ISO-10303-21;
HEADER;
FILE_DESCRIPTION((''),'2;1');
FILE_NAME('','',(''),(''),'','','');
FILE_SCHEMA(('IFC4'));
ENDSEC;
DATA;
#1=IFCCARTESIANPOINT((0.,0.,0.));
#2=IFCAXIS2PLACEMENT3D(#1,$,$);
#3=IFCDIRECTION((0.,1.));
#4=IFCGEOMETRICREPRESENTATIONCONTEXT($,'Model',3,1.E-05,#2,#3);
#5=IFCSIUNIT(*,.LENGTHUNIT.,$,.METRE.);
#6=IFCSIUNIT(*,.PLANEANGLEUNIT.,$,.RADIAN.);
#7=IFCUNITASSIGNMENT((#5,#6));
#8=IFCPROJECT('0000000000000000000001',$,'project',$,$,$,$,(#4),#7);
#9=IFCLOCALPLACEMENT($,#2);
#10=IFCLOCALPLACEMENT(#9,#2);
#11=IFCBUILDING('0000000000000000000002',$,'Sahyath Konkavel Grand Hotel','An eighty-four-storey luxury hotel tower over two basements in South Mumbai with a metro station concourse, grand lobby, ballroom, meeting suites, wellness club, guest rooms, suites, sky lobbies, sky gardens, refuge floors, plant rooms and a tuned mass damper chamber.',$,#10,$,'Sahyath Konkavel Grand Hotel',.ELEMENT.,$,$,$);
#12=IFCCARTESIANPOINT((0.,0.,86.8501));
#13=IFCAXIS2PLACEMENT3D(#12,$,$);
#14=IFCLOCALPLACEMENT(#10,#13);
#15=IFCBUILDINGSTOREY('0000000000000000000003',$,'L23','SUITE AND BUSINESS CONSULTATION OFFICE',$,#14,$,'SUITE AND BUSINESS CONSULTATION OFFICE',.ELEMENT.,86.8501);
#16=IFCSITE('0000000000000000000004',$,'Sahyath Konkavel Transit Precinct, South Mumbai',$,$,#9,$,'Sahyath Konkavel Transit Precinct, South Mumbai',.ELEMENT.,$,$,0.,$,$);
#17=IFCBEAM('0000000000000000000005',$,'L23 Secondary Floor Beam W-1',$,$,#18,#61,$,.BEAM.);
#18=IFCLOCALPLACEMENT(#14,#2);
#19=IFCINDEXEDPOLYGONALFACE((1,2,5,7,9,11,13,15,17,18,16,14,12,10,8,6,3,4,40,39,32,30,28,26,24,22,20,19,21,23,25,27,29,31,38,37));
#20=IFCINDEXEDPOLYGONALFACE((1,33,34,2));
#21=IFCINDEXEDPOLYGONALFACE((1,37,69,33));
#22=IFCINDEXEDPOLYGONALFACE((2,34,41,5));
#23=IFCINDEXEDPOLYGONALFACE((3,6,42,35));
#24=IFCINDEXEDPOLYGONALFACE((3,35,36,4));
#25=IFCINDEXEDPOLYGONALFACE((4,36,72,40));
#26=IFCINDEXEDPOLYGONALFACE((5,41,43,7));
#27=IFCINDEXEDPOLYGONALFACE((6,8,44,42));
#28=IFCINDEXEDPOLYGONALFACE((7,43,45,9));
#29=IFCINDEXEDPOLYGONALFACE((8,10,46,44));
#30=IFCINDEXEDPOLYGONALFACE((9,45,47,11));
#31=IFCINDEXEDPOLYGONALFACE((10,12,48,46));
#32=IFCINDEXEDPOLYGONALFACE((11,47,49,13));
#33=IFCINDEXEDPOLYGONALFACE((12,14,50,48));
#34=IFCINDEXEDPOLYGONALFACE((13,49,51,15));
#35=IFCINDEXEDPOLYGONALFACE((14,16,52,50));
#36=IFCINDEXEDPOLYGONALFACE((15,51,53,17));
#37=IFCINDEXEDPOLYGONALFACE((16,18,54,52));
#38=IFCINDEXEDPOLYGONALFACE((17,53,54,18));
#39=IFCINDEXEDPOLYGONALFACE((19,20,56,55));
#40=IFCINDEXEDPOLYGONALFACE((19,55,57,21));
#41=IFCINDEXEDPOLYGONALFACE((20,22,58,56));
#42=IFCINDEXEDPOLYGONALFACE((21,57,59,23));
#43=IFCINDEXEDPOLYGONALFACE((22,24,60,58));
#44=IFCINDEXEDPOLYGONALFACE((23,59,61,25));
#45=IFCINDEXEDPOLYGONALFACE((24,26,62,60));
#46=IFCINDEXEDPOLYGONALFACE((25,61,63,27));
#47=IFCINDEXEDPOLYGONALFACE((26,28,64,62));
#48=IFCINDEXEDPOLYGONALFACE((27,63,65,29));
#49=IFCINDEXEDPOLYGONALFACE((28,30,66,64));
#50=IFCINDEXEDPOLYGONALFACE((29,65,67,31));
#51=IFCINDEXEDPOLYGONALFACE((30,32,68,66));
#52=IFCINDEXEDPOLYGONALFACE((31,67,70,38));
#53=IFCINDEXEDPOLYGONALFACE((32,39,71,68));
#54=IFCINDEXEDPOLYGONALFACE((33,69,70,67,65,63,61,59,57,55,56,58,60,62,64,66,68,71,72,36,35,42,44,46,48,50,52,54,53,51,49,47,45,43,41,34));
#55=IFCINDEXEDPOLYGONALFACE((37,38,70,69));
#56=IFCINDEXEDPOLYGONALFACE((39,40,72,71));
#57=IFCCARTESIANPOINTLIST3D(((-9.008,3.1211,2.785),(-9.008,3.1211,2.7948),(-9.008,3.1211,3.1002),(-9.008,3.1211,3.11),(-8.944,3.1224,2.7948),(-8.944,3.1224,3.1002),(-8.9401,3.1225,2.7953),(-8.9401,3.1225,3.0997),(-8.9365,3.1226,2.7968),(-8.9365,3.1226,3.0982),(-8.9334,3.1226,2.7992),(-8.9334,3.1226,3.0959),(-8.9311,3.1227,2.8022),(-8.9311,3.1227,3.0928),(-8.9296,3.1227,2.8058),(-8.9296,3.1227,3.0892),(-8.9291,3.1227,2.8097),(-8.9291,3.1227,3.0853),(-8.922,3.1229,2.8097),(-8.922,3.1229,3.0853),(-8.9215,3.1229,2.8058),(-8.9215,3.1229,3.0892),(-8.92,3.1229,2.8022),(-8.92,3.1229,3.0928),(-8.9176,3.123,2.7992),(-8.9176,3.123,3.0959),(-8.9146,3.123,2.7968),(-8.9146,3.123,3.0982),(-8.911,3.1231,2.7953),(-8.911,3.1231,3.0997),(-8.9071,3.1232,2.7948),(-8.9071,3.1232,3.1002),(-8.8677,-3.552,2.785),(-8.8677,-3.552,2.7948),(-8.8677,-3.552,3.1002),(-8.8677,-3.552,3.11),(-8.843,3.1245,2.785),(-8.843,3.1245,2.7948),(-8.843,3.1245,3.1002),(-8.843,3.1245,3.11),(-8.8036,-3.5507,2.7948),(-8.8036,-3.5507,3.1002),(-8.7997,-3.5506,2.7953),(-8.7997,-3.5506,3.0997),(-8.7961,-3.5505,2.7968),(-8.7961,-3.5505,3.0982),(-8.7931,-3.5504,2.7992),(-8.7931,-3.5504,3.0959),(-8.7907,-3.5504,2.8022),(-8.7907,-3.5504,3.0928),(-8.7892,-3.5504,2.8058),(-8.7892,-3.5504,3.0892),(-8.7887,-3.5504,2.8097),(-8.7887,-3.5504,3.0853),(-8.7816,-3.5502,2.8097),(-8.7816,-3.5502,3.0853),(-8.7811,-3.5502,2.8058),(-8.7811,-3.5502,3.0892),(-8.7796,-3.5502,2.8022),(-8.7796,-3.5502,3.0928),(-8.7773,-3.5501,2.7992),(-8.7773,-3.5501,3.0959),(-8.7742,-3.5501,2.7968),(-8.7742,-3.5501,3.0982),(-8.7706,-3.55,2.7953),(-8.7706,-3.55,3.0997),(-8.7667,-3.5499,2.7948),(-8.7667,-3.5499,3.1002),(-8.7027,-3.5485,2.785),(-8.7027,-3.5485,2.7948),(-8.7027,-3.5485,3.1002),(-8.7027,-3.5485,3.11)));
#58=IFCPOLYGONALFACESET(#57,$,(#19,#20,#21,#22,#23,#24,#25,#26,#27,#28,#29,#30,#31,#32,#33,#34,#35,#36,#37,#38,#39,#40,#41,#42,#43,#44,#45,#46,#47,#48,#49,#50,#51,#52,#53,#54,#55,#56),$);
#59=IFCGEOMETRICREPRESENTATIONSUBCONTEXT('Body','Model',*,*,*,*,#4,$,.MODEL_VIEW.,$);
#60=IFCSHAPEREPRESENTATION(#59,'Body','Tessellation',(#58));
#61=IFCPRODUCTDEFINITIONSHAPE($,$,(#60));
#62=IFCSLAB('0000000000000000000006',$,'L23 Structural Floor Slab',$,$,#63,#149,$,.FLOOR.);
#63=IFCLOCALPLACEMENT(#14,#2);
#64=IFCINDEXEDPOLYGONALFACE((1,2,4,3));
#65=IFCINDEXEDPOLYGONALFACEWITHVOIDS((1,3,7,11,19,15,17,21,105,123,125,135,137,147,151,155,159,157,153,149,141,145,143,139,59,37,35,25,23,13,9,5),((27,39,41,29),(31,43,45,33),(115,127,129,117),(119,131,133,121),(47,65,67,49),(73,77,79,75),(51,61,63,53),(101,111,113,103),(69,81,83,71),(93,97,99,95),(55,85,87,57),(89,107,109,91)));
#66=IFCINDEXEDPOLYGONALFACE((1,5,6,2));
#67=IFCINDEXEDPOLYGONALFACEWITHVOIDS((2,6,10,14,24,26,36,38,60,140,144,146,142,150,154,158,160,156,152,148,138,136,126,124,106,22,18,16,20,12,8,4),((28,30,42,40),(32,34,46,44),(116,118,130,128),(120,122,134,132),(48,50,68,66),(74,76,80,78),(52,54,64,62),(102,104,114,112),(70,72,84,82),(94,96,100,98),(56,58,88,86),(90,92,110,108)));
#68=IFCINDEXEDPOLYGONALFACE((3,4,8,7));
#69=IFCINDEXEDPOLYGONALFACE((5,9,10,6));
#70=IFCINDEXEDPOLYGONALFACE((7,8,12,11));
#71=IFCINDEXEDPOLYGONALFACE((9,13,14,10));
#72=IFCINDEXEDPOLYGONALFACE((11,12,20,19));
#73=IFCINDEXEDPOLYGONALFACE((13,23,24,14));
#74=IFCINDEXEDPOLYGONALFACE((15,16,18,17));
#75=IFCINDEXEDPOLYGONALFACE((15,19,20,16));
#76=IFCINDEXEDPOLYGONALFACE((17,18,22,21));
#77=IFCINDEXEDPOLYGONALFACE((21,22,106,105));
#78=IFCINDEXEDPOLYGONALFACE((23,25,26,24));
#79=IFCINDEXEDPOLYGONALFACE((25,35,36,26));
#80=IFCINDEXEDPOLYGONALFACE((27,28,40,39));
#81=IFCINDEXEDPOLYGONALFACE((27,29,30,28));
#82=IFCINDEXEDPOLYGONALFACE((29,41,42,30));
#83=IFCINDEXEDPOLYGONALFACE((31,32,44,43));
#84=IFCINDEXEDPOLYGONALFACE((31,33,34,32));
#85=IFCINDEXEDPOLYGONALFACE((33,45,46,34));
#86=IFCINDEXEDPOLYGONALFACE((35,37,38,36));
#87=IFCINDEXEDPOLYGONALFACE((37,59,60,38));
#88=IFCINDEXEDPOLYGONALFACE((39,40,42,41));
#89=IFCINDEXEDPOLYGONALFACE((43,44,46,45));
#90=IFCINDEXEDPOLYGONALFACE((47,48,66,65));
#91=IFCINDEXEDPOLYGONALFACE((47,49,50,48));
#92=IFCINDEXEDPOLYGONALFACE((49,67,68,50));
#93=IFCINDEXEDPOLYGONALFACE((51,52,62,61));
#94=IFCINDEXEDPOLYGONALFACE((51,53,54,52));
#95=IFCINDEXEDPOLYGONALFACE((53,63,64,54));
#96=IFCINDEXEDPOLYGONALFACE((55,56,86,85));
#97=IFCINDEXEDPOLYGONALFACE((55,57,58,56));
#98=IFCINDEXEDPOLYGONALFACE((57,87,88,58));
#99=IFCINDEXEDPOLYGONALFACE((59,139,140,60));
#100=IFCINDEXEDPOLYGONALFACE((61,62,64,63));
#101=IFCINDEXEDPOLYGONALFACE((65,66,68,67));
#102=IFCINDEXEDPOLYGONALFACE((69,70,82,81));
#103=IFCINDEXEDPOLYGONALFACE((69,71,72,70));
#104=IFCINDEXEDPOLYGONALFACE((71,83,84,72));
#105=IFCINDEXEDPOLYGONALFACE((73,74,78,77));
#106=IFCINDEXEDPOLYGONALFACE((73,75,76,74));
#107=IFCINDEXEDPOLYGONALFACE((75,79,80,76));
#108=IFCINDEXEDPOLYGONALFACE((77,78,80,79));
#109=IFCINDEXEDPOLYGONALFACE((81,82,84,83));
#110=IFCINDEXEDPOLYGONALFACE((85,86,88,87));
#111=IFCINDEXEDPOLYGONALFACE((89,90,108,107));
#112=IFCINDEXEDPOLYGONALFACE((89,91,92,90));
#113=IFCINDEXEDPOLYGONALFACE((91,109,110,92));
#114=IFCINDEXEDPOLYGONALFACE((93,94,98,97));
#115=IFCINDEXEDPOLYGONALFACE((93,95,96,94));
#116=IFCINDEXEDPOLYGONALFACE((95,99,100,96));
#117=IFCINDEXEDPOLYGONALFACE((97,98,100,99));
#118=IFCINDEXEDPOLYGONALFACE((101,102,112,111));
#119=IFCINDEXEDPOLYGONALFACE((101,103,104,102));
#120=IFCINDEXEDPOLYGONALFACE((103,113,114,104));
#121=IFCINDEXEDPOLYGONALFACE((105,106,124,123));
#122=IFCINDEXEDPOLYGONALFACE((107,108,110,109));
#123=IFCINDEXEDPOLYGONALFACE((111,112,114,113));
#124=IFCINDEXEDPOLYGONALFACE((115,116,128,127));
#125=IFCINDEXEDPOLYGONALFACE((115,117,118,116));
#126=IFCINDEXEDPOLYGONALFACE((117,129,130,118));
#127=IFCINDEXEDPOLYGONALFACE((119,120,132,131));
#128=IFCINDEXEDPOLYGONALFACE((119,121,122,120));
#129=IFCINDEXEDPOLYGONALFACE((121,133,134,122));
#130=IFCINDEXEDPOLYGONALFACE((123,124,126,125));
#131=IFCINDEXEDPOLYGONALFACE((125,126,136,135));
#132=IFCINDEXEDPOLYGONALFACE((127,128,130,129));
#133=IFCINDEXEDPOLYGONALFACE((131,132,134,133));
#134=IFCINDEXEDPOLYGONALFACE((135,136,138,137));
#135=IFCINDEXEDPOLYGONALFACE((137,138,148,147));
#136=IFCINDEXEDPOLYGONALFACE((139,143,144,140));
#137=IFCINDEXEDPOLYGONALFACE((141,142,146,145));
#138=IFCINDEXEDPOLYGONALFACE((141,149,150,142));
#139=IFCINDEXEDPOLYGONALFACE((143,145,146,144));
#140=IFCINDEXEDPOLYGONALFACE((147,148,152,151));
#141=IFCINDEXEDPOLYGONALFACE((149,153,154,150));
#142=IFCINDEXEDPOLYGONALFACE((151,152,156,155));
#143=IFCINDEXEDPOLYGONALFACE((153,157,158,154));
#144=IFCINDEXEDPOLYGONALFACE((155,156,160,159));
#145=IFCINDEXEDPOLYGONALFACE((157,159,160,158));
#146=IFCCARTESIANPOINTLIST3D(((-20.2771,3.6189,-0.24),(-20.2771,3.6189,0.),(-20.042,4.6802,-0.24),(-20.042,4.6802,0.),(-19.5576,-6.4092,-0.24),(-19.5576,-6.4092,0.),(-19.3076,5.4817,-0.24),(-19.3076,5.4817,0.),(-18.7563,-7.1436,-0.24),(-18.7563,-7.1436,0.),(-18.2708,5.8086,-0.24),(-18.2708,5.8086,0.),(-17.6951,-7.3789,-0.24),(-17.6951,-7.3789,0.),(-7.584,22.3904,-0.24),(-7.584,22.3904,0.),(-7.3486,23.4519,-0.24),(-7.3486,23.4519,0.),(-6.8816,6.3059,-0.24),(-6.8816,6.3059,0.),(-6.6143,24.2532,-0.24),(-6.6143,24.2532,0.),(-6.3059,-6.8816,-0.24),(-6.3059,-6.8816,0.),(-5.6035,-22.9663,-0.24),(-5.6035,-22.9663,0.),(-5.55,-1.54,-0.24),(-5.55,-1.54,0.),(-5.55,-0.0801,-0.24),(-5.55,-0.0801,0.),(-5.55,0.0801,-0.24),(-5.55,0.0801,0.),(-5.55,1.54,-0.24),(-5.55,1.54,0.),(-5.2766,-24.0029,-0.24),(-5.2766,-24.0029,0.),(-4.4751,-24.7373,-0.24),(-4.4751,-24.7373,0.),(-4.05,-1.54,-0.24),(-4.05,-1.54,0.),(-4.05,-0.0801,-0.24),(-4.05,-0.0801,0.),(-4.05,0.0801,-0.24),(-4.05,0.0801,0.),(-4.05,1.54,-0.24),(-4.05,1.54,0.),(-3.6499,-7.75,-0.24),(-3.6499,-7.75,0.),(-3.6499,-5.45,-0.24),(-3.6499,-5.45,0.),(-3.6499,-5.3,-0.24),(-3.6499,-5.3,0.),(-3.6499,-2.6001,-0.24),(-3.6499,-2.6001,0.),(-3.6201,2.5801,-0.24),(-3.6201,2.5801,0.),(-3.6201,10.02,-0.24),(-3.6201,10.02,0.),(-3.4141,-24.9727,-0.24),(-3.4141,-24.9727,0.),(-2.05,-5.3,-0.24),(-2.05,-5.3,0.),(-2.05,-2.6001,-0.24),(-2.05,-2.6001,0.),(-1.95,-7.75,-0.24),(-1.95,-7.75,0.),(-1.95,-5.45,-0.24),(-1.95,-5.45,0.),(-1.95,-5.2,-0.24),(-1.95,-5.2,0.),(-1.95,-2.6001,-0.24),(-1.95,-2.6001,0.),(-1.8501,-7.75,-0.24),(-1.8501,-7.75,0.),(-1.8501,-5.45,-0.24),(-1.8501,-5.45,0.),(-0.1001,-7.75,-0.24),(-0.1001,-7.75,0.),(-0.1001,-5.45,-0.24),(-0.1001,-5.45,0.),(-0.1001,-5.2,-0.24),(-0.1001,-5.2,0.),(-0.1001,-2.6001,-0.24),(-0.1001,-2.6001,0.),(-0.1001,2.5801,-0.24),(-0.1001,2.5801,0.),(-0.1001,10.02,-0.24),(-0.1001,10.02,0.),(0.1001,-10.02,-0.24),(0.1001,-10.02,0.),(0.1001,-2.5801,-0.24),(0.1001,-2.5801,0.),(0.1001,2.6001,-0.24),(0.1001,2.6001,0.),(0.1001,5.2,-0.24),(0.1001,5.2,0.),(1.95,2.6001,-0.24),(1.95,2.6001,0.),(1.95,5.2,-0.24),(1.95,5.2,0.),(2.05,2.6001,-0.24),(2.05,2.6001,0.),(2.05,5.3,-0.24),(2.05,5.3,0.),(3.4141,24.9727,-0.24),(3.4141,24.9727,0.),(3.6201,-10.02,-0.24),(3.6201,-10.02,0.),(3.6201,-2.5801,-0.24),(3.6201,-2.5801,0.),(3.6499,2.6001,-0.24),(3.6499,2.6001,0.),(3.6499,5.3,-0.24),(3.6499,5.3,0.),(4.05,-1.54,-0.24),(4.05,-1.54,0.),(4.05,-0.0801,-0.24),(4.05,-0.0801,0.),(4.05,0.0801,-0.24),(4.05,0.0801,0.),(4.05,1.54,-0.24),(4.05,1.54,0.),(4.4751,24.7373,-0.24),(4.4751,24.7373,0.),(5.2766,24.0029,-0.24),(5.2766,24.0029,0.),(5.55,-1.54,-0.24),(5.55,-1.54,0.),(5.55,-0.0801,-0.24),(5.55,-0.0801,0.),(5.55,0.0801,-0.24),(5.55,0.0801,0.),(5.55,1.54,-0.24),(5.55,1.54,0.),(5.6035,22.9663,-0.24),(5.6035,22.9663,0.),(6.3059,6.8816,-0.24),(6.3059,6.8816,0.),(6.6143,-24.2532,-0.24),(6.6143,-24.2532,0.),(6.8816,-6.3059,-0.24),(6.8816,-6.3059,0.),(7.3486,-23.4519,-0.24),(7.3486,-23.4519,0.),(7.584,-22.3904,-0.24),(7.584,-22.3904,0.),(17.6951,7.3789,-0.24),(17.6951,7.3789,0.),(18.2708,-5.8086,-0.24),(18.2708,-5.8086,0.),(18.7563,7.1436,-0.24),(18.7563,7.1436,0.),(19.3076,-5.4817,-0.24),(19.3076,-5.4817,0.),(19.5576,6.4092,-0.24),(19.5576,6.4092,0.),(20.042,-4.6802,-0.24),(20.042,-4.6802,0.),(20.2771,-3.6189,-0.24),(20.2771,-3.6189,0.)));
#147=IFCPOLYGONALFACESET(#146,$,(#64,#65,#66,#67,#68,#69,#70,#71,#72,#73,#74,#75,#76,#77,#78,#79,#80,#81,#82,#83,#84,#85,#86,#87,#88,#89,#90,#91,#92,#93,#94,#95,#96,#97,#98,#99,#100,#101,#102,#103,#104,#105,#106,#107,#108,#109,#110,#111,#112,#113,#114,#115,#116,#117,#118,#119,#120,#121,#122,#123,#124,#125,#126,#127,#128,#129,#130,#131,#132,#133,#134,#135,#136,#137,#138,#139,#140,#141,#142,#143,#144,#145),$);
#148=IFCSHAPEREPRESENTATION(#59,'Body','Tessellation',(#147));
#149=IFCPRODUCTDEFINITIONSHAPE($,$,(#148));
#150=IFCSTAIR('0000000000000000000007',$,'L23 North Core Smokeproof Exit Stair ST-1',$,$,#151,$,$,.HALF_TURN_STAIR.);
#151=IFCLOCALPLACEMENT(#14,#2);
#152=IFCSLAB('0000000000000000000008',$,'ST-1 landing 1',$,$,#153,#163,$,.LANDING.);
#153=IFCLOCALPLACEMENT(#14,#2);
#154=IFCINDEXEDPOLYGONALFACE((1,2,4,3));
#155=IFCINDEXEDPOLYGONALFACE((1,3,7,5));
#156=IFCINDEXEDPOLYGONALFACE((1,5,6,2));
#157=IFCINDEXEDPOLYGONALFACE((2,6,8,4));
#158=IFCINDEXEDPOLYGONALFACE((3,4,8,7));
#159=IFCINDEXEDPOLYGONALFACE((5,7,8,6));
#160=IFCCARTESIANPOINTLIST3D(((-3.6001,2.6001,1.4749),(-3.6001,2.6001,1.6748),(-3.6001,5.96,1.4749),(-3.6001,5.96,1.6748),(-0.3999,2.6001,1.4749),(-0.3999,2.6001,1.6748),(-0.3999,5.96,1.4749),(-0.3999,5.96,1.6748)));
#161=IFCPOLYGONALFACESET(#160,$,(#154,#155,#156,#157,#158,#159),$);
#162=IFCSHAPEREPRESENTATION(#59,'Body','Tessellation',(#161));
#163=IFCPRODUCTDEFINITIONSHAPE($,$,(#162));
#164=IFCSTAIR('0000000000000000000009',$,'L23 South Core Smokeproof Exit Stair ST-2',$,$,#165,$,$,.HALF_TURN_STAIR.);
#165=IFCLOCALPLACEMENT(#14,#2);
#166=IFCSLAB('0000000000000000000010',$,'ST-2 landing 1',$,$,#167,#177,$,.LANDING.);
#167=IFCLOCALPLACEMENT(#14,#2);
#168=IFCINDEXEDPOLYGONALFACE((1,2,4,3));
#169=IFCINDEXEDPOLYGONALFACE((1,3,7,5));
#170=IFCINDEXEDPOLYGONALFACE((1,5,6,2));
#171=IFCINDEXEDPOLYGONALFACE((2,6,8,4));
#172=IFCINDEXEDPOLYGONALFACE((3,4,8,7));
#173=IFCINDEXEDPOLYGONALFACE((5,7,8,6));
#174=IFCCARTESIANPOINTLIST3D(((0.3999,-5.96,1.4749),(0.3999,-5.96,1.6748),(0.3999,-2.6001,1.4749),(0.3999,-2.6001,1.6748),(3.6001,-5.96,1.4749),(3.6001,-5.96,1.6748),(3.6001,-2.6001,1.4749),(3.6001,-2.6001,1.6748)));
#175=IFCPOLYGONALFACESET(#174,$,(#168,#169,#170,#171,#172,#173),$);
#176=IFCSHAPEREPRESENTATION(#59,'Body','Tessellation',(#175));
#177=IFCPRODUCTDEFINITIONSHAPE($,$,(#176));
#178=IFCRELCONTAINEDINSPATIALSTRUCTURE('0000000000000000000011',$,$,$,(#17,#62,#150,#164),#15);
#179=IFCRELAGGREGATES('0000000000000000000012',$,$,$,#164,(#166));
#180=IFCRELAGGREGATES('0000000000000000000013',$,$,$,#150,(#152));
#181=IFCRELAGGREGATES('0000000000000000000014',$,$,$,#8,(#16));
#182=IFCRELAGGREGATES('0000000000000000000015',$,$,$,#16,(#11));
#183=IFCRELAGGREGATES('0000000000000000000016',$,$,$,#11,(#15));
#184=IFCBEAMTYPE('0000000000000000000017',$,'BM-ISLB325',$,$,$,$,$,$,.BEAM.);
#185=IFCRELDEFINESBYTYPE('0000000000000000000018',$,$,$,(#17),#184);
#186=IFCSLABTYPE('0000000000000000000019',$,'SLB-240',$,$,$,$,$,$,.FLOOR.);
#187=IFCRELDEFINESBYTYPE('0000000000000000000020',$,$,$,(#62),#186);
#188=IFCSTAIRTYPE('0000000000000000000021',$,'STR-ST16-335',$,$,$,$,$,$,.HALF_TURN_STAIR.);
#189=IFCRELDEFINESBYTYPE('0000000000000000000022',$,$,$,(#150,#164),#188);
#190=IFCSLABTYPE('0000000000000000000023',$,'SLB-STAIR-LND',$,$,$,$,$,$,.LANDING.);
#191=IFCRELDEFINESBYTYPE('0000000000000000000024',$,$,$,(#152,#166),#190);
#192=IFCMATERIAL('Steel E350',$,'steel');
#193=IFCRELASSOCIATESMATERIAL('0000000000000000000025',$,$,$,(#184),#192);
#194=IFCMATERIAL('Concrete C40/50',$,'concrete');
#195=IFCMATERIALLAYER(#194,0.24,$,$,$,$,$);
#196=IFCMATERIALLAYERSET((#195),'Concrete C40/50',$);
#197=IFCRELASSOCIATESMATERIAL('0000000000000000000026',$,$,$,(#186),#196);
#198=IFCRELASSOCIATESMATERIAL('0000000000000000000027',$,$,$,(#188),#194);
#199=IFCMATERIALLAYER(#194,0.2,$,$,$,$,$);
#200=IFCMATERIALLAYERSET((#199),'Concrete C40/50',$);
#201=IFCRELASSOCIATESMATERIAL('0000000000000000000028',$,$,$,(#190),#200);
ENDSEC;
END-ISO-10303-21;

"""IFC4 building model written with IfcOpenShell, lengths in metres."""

from ifc_helpers import new_model, si_unit, direction, frame, origin, origin_2d, place, context, subcontext, project, spatial, polyline, i_section, outline, extrude, source, transform, mapped, material, layer, layer_set, material_profile, profile_set, type_object, element, aggregate, save


model = new_model("IFC4")

# Units and contexts
model_context = context("Model", 3, precision=1e-05, world=origin(), true_north=direction((0.0, 1.0)))
body_context = subcontext(model_context, "Body", "Model", "MODEL_VIEW")
ifc_project = project(units=[si_unit("LENGTHUNIT", "METRE"), si_unit("PLANEANGLEUNIT", "RADIAN")], contexts=[model_context])

# Site, building, storey
site_placement = place(None, origin())
site = spatial("IfcSite", under=ifc_project, at=site_placement, Name="Sahyath Konkavel Transit Precinct, South Mumbai", LongName="Sahyath Konkavel Transit Precinct, South Mumbai", CompositionType="ELEMENT", RefElevation=0.0)
building_placement = place(site_placement, origin())
building = spatial("IfcBuilding", under=site, at=building_placement, Name="Sahyath Konkavel Grand Hotel", Description="An eighty-four-storey luxury hotel tower over two basements in South Mumbai with a metro station concourse, grand lobby, ballroom, meeting suites, wellness club, guest rooms, suites, sky lobbies, sky gardens, refuge floors, plant rooms and a tuned mass damper chamber.", LongName="Sahyath Konkavel Grand Hotel", CompositionType="ELEMENT")
storey_placement = place(building_placement, frame((0.0, 0.0, 86.8501)))
storey = spatial("IfcBuildingStorey", under=building, at=storey_placement, Name="L23", Description="SUITE AND BUSINESS CONSULTATION OFFICE", LongName="SUITE AND BUSINESS CONSULTATION OFFICE", CompositionType="ELEMENT", Elevation=86.8501)

# Beam
ifc_material_1 = material(Name="Steel E350", Category="steel")
ifc_material_profile_1 = material_profile(ifc_material_1, i_section(OverallWidth=0.165, OverallDepth=0.325, WebThickness=0.0071, FlangeThickness=0.0098, FilletRadius=0.0149, at=origin_2d()), Name="ISLB 325")
ifc_profile_set_1 = profile_set([ifc_material_profile_1], Name="Steel E350")
beam_type_1 = type_object("IfcBeamType", Name="BM-ISLB325", PredefinedType="BEAM", material=ifc_profile_set_1)
shared_shape_1 = source(origin(), body_context, "Body", "SweptSolid", [
    extrude(i_section(OverallWidth=0.165, OverallDepth=0.325, WebThickness=0.0071, FlangeThickness=0.0098, FilletRadius=0.0149, at=origin_2d()), origin(), (0.0, 0.0, 1.0), 6.6746),
])
beam_1_placement = place(storey_placement, frame((-8.9255, 3.1228, 2.9475), z_axis=(0.021032, -0.999779, 0.0), x_axis=(0.999779, 0.021032, 0.0)))
element("IfcBeam", 1, at=beam_1_placement, inside=storey, type_object=beam_type_1, Name="L23 Secondary Floor Beam W-1", PredefinedType="BEAM", context=body_context, shape_type="MappedRepresentation", body=[
    mapped(shared_shape_1, transform((0.0, 0.0, 0.0), scale=1.0)),
])

# Slab
ifc_material_2 = material(Name="Concrete C40/50", Category="concrete")
ifc_layer_1 = layer(ifc_material_2, 0.24)
ifc_layer_set_1 = layer_set([ifc_layer_1], Name="Concrete C40/50")
slab_type_1 = type_object("IfcSlabType", Name="SLB-240", PredefinedType="FLOOR", material=ifc_layer_set_1)
slab_1_placement = place(storey_placement, frame((0.0, 0.0, -0.24)))
element("IfcSlab", 2, at=slab_1_placement, inside=storey, type_object=slab_type_1, Name="L23 Structural Floor Slab", PredefinedType="FLOOR", context=body_context, shape_type="SweptSolid", body=[
    extrude(outline(polyline([(6.8816, -6.3059), (18.2708, -5.8086), (19.3076, -5.4817), (20.042, -4.6802), (20.2771, -3.6189), (19.5576, 6.4092), (18.7563, 7.1436), (17.6951, 7.3789), (6.3059, 6.8816), (5.6035, 22.9663), (5.2766, 24.0029), (4.4751, 24.7373), (3.4141, 24.9727), (-6.6143, 24.2532), (-7.3486, 23.4519), (-7.584, 22.3904), (-6.8816, 6.3059), (-18.2708, 5.8086), (-19.3076, 5.4817), (-20.042, 4.6802), (-20.2771, 3.6189), (-19.5576, -6.4092), (-18.7563, -7.1436), (-17.6951, -7.3789), (-6.3059, -6.8816), (-5.6035, -22.9663), (-5.2766, -24.0029), (-4.4751, -24.7373), (-3.4141, -24.9727), (6.6143, -24.2532), (7.3486, -23.4519), (7.584, -22.3904), (6.8816, -6.3059)]), holes=[polyline([(-3.6201, 2.5801), (-0.1001, 2.5801), (-0.1001, 10.02), (-3.6201, 10.02), (-3.6201, 2.5801)]), polyline([(0.1001, -10.02), (3.6201, -10.02), (3.6201, -2.5801), (0.1001, -2.5801), (0.1001, -10.02)]), polyline([(0.1001, 2.6001), (1.95, 2.6001), (1.95, 5.2), (0.1001, 5.2), (0.1001, 2.6001)]), polyline([(-1.95, -5.2), (-0.1001, -5.2), (-0.1001, -2.6001), (-1.95, -2.6001), (-1.95, -5.2)]), polyline([(2.05, 2.6001), (3.6499, 2.6001), (3.6499, 5.3), (2.05, 5.3), (2.05, 2.6001)]), polyline([(-3.6499, -5.3), (-2.05, -5.3), (-2.05, -2.6001), (-3.6499, -2.6001), (-3.6499, -5.3)]), polyline([(-3.6499, -7.75), (-1.95, -7.75), (-1.95, -5.45), (-3.6499, -5.45), (-3.6499, -7.75)]), polyline([(-1.8501, -7.75), (-0.1001, -7.75), (-0.1001, -5.45), (-1.8501, -5.45), (-1.8501, -7.75)]), polyline([(4.05, 0.0801), (5.55, 0.0801), (5.55, 1.54), (4.05, 1.54), (4.05, 0.0801)]), polyline([(4.05, -1.54), (5.55, -1.54), (5.55, -0.0801), (4.05, -0.0801), (4.05, -1.54)]), polyline([(-5.55, 0.0801), (-4.05, 0.0801), (-4.05, 1.54), (-5.55, 1.54), (-5.55, 0.0801)]), polyline([(-5.55, -1.54), (-4.05, -1.54), (-4.05, -0.0801), (-5.55, -0.0801), (-5.55, -1.54)])]), origin(), (0.0, 0.0, 1.0), 0.24),
])

# Stairs, slabs
stair_type = type_object("IfcStairType", Name="STR-ST16-335", PredefinedType="HALF_TURN_STAIR", material=ifc_material_2)
stair_1_placement = place(storey_placement, origin())
stair_1 = element("IfcStair", 3, at=stair_1_placement, inside=storey, type_object=stair_type, Name="L23 North Core Smokeproof Exit Stair ST-1", PredefinedType="HALF_TURN_STAIR")
ifc_layer_2 = layer(ifc_material_2, 0.2)
ifc_layer_set_2 = layer_set([ifc_layer_2], Name="Concrete C40/50")
slab_type_2 = type_object("IfcSlabType", Name="SLB-STAIR-LND", PredefinedType="LANDING", material=ifc_layer_set_2)
slab_2_placement = place(storey_placement, frame((0.0, 0.0, 1.4749)))
slab_2 = element("IfcSlab", 4, at=slab_2_placement, type_object=slab_type_2, Name="ST-1 landing 1", PredefinedType="LANDING", context=body_context, shape_type="SweptSolid", body=[
    extrude(outline(polyline([(-3.6001, 5.96), (-3.6001, 2.6001), (-0.3999, 2.6001), (-0.3999, 5.96), (-3.6001, 5.96)])), origin(), (0.0, 0.0, 1.0), 0.2),
])
stair_2_placement = place(storey_placement, origin())
stair_2 = element("IfcStair", 5, at=stair_2_placement, inside=storey, type_object=stair_type, Name="L23 South Core Smokeproof Exit Stair ST-2", PredefinedType="HALF_TURN_STAIR")
slab_3_placement = place(storey_placement, frame((0.0, 0.0, 1.4749)))
slab_3 = element("IfcSlab", 6, at=slab_3_placement, type_object=slab_type_2, Name="ST-2 landing 1", PredefinedType="LANDING", context=body_context, shape_type="SweptSolid", body=[
    extrude(outline(polyline([(3.6001, -5.96), (3.6001, -2.6001), (0.3999, -2.6001), (0.3999, -5.96), (3.6001, -5.96)])), origin(), (0.0, 0.0, 1.0), 0.2),
])
aggregate(stair_2, [slab_3])

aggregate(stair_1, [slab_2])

save(model, "model.ifc")
